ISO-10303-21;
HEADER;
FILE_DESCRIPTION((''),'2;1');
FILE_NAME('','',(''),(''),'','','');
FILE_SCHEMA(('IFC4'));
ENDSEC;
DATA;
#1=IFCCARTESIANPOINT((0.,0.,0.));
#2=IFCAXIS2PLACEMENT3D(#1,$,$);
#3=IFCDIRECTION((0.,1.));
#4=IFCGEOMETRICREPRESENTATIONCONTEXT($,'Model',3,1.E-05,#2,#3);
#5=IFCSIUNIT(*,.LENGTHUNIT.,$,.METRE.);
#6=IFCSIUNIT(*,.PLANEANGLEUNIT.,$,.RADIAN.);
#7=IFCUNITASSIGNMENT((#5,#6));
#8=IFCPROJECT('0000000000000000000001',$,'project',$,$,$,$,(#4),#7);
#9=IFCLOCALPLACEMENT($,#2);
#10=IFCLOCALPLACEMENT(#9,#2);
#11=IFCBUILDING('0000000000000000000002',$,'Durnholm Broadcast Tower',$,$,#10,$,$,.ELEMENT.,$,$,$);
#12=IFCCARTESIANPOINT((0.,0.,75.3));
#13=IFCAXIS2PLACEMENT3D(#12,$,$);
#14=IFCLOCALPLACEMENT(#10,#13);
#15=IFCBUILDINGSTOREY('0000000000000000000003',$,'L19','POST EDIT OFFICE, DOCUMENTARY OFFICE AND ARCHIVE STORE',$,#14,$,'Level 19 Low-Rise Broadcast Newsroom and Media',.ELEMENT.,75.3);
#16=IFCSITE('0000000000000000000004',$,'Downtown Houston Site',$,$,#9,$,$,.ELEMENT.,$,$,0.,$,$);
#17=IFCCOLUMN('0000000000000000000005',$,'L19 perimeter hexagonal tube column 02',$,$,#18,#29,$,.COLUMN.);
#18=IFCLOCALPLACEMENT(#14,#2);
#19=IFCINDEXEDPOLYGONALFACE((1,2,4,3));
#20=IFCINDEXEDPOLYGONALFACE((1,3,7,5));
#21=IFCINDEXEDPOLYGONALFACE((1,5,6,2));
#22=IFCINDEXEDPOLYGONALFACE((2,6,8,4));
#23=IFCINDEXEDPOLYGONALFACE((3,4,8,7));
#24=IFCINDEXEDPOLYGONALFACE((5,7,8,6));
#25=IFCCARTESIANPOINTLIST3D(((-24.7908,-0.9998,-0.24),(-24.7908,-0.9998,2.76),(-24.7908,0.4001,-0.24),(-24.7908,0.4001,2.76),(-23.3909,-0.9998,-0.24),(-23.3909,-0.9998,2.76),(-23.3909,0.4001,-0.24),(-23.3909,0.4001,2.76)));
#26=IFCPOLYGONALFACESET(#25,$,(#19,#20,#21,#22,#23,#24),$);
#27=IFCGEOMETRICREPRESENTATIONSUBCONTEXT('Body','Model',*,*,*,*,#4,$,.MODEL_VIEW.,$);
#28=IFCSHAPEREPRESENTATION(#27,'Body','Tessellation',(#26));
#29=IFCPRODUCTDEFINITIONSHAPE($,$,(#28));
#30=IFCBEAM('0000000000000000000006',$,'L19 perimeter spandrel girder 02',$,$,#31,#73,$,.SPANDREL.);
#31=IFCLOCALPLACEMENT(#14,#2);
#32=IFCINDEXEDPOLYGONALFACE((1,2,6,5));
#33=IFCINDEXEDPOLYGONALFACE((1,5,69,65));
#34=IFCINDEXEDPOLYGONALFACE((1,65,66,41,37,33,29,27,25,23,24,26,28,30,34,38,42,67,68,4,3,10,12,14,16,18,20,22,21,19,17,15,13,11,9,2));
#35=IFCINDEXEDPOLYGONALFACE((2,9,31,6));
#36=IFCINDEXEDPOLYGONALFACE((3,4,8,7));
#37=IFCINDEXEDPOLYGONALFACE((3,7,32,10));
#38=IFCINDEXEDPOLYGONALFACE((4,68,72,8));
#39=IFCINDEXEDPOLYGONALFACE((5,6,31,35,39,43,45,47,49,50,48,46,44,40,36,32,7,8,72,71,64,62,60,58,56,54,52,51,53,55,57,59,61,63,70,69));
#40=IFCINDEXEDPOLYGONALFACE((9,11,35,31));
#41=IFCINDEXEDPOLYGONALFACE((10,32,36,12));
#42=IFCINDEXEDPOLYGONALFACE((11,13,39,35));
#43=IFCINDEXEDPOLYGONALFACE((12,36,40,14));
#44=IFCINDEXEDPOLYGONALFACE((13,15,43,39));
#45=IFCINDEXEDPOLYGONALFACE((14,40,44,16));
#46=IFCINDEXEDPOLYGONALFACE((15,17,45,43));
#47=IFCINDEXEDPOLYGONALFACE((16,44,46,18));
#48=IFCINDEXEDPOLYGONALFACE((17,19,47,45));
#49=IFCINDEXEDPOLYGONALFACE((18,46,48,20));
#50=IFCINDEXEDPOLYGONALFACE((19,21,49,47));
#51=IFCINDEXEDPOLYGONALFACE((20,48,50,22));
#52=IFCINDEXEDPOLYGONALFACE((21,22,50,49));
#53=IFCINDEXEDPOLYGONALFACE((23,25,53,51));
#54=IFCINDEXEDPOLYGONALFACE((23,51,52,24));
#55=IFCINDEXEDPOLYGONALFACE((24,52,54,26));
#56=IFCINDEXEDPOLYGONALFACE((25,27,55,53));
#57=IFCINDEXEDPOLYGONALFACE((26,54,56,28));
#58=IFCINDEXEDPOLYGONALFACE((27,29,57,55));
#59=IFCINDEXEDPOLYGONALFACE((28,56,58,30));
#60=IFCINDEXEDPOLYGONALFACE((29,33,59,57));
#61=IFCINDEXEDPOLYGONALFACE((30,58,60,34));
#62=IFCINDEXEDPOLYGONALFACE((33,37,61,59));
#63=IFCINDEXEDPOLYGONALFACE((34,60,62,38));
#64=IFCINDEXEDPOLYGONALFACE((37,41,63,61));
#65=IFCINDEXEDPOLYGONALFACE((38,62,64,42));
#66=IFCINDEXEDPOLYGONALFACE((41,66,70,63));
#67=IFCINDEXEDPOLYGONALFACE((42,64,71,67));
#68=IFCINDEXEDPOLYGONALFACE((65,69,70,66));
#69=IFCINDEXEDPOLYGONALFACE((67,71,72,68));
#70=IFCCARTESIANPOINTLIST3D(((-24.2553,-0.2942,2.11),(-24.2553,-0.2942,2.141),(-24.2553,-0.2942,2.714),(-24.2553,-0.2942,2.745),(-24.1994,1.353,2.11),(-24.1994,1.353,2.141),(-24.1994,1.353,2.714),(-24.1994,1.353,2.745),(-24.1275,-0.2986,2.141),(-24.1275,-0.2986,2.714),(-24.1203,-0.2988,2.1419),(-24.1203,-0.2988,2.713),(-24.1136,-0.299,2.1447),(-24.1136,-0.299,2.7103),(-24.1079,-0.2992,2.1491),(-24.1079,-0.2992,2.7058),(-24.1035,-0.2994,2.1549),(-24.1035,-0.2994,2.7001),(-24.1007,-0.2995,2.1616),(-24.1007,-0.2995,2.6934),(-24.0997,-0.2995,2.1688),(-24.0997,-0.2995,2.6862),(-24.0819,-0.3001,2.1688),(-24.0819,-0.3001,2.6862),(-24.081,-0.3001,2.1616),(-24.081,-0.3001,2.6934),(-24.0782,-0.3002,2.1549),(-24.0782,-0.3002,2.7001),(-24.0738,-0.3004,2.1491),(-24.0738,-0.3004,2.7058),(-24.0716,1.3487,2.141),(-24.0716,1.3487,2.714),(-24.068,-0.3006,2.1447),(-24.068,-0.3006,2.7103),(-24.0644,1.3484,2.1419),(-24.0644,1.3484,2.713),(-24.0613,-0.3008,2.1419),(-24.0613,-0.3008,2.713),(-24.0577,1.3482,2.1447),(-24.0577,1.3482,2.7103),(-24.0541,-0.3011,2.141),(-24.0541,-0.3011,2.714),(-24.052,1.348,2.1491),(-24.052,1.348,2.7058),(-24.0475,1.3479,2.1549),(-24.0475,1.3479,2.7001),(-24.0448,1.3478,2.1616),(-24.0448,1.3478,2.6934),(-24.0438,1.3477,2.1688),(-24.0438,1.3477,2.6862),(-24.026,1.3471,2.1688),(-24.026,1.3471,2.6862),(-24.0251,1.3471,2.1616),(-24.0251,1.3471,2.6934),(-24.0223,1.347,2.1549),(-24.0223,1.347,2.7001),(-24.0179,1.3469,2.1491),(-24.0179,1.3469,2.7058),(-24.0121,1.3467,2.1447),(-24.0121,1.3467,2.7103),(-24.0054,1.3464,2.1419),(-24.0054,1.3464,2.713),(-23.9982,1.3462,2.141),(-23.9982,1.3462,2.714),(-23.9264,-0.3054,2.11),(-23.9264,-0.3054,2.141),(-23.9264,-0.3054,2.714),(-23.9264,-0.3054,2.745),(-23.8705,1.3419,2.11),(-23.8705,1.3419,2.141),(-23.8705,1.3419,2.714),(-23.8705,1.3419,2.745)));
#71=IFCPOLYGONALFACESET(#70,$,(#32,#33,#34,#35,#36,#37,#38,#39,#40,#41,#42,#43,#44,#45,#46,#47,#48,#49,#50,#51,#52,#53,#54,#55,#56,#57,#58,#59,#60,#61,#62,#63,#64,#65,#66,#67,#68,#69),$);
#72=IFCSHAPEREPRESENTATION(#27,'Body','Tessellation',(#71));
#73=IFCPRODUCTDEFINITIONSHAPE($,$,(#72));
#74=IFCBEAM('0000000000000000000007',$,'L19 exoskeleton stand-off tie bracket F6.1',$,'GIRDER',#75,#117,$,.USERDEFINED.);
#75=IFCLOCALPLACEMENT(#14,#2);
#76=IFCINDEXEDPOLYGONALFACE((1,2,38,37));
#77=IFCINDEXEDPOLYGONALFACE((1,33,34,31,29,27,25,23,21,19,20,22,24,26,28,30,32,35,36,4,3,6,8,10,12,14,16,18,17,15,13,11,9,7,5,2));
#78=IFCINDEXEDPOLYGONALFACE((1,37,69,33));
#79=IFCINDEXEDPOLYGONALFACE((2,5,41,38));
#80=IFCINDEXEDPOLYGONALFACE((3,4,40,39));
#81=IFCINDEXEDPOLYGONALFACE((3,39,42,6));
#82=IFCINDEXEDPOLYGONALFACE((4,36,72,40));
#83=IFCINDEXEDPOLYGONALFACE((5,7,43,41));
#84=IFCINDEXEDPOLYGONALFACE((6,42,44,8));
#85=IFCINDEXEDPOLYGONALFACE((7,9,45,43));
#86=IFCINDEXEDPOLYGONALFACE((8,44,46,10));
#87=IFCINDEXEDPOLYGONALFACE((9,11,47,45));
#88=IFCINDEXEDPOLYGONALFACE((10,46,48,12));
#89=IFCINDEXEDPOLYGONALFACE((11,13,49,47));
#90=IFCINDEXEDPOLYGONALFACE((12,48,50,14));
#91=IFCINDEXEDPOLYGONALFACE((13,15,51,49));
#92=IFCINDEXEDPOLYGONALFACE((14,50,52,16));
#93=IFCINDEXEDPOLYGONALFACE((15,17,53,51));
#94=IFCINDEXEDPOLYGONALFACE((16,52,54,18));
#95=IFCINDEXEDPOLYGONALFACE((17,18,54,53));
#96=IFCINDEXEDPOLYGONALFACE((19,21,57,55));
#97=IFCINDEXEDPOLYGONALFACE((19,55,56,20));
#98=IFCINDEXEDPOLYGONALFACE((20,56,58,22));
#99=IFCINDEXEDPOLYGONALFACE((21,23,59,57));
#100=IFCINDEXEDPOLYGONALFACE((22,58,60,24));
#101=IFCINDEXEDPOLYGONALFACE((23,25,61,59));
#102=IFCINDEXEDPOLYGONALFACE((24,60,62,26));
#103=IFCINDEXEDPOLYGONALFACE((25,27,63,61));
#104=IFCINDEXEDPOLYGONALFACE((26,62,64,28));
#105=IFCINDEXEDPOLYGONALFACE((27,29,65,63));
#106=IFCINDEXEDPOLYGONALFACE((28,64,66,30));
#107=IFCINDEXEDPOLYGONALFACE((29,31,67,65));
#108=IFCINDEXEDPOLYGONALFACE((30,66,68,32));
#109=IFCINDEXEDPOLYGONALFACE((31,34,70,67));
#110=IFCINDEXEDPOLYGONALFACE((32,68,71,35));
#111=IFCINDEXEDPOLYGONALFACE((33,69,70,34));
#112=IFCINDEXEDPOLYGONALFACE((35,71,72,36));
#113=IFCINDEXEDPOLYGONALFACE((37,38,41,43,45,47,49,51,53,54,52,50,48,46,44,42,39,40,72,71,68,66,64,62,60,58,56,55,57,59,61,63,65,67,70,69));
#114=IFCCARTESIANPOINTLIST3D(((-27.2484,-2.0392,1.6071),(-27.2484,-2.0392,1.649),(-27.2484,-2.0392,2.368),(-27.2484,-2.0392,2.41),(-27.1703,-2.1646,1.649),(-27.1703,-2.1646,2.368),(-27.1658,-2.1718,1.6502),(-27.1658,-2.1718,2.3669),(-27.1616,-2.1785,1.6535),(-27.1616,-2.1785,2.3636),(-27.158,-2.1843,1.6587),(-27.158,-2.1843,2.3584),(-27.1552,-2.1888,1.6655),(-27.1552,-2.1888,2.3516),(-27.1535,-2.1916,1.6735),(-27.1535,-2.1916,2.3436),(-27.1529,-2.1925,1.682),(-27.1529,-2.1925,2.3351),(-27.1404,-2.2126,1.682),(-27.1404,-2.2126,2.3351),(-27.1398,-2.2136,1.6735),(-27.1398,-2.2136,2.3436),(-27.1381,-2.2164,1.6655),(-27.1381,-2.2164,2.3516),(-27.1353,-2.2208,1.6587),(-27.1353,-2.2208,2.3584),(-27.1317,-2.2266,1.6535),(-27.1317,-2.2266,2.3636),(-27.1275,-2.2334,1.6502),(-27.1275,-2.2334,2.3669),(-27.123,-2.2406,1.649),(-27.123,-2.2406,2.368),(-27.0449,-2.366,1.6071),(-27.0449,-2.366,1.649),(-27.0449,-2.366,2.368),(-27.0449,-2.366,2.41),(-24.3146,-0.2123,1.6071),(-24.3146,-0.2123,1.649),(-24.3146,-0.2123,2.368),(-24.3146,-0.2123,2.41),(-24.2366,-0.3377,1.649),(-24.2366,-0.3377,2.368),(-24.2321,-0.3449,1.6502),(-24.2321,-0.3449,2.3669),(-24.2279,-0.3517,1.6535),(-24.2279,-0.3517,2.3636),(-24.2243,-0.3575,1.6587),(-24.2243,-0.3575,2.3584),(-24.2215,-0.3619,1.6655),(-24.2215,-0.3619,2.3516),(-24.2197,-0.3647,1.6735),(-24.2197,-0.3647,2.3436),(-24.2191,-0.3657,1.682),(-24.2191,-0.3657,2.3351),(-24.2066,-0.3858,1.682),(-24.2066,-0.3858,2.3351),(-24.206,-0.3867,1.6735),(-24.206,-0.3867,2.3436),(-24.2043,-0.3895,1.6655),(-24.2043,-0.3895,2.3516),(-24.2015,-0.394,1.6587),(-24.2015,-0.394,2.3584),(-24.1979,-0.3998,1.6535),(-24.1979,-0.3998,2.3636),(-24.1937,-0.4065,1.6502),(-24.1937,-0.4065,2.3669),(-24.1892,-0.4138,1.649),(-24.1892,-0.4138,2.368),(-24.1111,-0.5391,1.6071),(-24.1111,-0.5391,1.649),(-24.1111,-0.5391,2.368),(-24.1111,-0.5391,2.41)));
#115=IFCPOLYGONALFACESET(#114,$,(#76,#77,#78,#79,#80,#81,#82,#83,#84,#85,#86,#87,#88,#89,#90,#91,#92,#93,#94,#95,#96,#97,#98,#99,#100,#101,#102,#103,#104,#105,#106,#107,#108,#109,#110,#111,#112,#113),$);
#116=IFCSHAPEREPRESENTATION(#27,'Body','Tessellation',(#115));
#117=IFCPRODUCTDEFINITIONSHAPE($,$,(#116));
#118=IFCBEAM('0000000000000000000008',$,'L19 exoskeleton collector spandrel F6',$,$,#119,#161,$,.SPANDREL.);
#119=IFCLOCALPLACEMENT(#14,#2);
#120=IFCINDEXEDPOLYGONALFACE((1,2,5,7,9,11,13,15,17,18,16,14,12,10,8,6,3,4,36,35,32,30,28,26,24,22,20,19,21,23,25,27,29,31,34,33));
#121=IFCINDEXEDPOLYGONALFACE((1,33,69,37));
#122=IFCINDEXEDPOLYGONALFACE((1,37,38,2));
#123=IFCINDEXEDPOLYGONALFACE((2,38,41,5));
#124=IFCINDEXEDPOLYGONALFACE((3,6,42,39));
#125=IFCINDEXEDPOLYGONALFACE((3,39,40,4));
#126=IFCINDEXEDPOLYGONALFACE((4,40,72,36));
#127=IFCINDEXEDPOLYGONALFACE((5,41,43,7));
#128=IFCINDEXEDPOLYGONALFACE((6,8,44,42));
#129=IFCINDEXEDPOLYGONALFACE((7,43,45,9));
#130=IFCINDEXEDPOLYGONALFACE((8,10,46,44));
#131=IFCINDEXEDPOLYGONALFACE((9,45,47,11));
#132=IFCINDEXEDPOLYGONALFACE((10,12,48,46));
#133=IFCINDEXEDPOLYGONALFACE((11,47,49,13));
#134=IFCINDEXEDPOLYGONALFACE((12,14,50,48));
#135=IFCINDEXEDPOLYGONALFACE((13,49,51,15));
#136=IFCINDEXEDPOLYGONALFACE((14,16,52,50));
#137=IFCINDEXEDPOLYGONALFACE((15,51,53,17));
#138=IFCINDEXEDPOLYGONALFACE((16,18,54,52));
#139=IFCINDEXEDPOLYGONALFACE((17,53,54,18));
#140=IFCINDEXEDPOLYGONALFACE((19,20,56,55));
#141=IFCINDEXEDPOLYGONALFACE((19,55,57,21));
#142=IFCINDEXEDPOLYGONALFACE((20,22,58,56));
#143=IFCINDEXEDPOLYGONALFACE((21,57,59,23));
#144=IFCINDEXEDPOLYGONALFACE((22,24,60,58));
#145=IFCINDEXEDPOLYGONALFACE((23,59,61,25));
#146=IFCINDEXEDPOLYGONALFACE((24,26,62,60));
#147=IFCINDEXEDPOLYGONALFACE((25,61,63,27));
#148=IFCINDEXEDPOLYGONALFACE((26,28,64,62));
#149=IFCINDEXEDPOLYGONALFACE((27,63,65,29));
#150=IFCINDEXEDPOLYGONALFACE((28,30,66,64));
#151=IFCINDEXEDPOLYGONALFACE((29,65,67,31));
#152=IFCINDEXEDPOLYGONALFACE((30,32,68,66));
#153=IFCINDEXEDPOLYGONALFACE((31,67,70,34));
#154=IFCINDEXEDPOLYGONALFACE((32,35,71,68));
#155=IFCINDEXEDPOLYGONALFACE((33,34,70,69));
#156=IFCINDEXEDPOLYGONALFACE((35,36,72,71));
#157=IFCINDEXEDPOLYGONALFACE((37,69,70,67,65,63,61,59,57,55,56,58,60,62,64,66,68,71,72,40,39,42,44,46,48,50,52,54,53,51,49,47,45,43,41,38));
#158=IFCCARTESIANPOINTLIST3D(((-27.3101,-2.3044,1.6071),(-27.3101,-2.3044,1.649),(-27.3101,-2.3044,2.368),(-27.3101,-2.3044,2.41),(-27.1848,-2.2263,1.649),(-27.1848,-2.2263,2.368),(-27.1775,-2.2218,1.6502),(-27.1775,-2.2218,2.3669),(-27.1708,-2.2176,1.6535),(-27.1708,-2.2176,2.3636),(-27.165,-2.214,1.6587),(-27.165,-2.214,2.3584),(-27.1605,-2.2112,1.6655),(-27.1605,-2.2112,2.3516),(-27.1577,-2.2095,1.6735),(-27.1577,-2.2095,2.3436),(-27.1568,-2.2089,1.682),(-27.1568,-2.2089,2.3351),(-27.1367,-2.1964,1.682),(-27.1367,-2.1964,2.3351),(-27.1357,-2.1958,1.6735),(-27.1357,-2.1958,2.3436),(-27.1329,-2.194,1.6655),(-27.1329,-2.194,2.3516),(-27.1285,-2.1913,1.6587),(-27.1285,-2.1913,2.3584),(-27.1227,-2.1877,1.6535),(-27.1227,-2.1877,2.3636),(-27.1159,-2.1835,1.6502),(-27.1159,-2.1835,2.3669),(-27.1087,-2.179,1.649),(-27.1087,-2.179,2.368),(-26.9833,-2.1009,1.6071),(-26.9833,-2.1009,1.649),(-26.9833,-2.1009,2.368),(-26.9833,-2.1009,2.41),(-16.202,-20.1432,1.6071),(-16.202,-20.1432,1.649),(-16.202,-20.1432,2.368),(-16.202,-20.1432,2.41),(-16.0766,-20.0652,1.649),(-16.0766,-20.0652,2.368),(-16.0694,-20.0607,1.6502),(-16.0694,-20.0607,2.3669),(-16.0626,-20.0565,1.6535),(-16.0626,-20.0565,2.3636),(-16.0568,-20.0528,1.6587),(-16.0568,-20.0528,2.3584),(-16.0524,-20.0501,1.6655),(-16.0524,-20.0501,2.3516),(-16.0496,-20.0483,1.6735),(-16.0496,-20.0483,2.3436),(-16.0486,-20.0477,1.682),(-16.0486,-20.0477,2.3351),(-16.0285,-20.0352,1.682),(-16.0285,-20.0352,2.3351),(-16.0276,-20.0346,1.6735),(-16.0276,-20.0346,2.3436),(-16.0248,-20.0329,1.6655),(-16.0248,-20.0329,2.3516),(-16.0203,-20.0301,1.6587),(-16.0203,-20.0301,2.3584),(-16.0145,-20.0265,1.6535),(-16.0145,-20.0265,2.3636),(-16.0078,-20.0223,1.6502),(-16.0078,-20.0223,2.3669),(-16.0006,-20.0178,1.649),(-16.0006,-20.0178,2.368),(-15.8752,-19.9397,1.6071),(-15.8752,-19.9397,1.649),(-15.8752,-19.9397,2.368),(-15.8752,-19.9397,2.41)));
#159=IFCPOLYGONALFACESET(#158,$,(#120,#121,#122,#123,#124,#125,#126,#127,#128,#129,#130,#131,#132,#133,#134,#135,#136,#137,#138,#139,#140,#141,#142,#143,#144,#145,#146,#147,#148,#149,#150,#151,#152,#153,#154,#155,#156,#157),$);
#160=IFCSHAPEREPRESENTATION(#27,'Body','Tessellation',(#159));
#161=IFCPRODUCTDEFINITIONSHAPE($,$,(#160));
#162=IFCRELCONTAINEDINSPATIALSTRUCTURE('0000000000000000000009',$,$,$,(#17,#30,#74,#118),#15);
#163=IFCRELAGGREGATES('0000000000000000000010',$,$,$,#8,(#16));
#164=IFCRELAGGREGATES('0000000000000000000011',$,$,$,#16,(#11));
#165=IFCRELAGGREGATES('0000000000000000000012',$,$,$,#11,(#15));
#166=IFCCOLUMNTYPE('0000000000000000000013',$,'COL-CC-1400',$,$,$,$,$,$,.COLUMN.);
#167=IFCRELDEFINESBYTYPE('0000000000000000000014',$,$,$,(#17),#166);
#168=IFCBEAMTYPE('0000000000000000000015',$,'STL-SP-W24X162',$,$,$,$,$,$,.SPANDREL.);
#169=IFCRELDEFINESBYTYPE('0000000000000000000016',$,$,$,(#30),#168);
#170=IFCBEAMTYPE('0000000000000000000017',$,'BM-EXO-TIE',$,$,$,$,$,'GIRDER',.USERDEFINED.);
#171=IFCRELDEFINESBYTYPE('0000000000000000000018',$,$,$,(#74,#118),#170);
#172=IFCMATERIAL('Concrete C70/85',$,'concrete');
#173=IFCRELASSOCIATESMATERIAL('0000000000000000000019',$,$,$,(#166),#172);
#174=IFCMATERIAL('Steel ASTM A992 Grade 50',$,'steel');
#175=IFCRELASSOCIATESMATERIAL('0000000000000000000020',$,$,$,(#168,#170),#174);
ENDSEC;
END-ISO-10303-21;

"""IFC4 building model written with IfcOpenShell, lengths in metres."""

from ifc_helpers import new_model, si_unit, direction, frame, origin, origin_2d, place, context, subcontext, project, spatial, rectangle, i_section, extrude, source, transform, mapped, material, material_profile, profile_set, type_object, type_shapes, element, save


model = new_model("IFC4")

# Units and contexts
model_context = context("Model", 3, precision=1e-05, world=origin(), true_north=direction((0.0, 1.0)))
body_context = subcontext(model_context, "Body", "Model", "MODEL_VIEW")
ifc_project = project(units=[si_unit("LENGTHUNIT", "METRE"), si_unit("PLANEANGLEUNIT", "RADIAN")], contexts=[model_context])

# Site, building, storey
site_placement = place(None, origin())
site = spatial("IfcSite", under=ifc_project, at=site_placement, Name="Downtown Houston Site", CompositionType="ELEMENT", RefElevation=0.0)
building_placement = place(site_placement, origin())
building = spatial("IfcBuilding", under=site, at=building_placement, Name="Durnholm Broadcast Tower", CompositionType="ELEMENT")
storey_placement = place(building_placement, frame((0.0, 0.0, 75.3)))
storey = spatial("IfcBuildingStorey", under=building, at=storey_placement, Name="L19", Description="POST EDIT OFFICE, DOCUMENTARY OFFICE AND ARCHIVE STORE", LongName="Level 19 Low-Rise Broadcast Newsroom and Media", CompositionType="ELEMENT", Elevation=75.3)

# Column
ifc_material_1 = material(Name="Concrete C70/85", Category="concrete")
ifc_material_profile_1 = material_profile(ifc_material_1, rectangle(XDim=1.3999, YDim=1.3999, at=origin_2d()), Name="RC1400X1400")
ifc_profile_set_1 = profile_set([ifc_material_profile_1], Name="Concrete C70/85")
column_type = type_object("IfcColumnType", Name="COL-CC-1400", PredefinedType="COLUMN", material=ifc_profile_set_1)
shared_shape_1 = source(origin(), body_context, "Body", "SweptSolid", [
    extrude(rectangle(XDim=1.3999, YDim=1.3999, at=origin_2d()), origin(), (0.0, 0.0, 1.0), 3.0),
])
type_shapes(column_type, [shared_shape_1])
column_placement = place(storey_placement, frame((-24.0908, -0.2998, -0.24), z_axis=(0.0, 0.0, 1.0), x_axis=(1.0, 0.0, 0.0)))
element("IfcColumn", 1, at=column_placement, inside=storey, type_object=column_type, Name="L19 perimeter hexagonal tube column 02", PredefinedType="COLUMN", context=body_context, shape_type="MappedRepresentation", body=[
    mapped(shared_shape_1, transform((0.0, 0.0, 0.0), x_axis=(1.0, 0.0, 0.0), y_axis=(0.0, 1.0, 0.0), z_axis=(0.0, 0.0, 1.0), scale=1.0)),
])

# Beams
ifc_material_2 = material(Name="Steel ASTM A992 Grade 50", Category="steel")
ifc_material_profile_2 = material_profile(ifc_material_2, i_section(OverallWidth=0.3291, OverallDepth=0.635, WebThickness=0.0178, FlangeThickness=0.031, FilletRadius=0.0278, at=origin_2d()), Name="W24X162")
ifc_profile_set_2 = profile_set([ifc_material_profile_2], Name="Steel ASTM A992 Grade 50")
beam_type_1 = type_object("IfcBeamType", Name="STL-SP-W24X162", PredefinedType="SPANDREL", material=ifc_profile_set_2)
shared_shape_2 = source(origin(), body_context, "Body", "SweptSolid", [
    extrude(i_section(OverallWidth=0.3291, OverallDepth=0.635, WebThickness=0.0178, FlangeThickness=0.031, FilletRadius=0.0278, at=origin_2d()), origin(), (0.0, 0.0, 1.0), 1.6482),
])
type_shapes(beam_type_1, [shared_shape_2])
beam_1_placement = place(storey_placement, frame((-24.0908, -0.2998, 2.4275), z_axis=(0.033921, 0.999425, 0.0), x_axis=(-0.999425, 0.033921, 0.0)))
element("IfcBeam", 2, at=beam_1_placement, inside=storey, type_object=beam_type_1, Name="L19 perimeter spandrel girder 02", PredefinedType="SPANDREL", context=body_context, shape_type="MappedRepresentation", body=[
    mapped(shared_shape_2, transform((0.0, 0.0, 0.0), x_axis=(1.0, 0.0, 0.0), y_axis=(0.0, 1.0, 0.0), z_axis=(0.0, 0.0, 1.0), scale=1.0)),
])
ifc_material_profile_3 = material_profile(ifc_material_2, i_section(OverallWidth=0.385, OverallDepth=0.803, WebThickness=0.0237, FlangeThickness=0.042, FilletRadius=0.033, at=origin_2d()), Name="W30X261")
ifc_profile_set_3 = profile_set([ifc_material_profile_3], Name="Steel ASTM A992 Grade 50")
beam_type_2 = type_object("IfcBeamType", Name="BM-EXO-TIE", ElementType="GIRDER", PredefinedType="USERDEFINED", material=ifc_profile_set_3)
shared_shape_3 = source(origin(), body_context, "Body", "SweptSolid", [
    extrude(i_section(OverallWidth=0.385, OverallDepth=0.803, WebThickness=0.0237, FlangeThickness=0.042, FilletRadius=0.033, at=origin_2d()), origin(), (0.0, 0.0, 1.0), 3.4561),
])
beam_2_placement = place(storey_placement, frame((-24.2129, -0.3757, 2.0085), z_axis=(-0.848874, -0.528595, 0.0), x_axis=(0.528595, -0.848874, 0.0)))
element("IfcBeam", 3, at=beam_2_placement, inside=storey, type_object=beam_type_2, Name="L19 exoskeleton stand-off tie bracket F6.1", ObjectType="GIRDER", PredefinedType="USERDEFINED", context=body_context, shape_type="MappedRepresentation", body=[
    mapped(shared_shape_3, transform((0.0, 0.0, 0.0), x_axis=(1.0, 0.0, 0.0), y_axis=(0.0, 1.0, 0.0), z_axis=(0.0, 0.0, 1.0), scale=1.0)),
])
shared_shape_4 = source(origin(), body_context, "Body", "SweptSolid", [
    extrude(i_section(OverallWidth=0.385, OverallDepth=0.803, WebThickness=0.0237, FlangeThickness=0.042, FilletRadius=0.033, at=origin_2d()), origin(), (0.0, 0.0, 1.0), 21.0146),
])
type_shapes(beam_type_2, [shared_shape_3, shared_shape_4])
beam_3_placement = place(storey_placement, frame((-27.1467, -2.2026, 2.0085), z_axis=(0.528591, -0.848877, 0.0), x_axis=(0.848877, 0.528591, 0.0)))
element("IfcBeam", 4, at=beam_3_placement, inside=storey, type_object=beam_type_2, Name="L19 exoskeleton collector spandrel F6", PredefinedType="SPANDREL", context=body_context, shape_type="MappedRepresentation", body=[
    mapped(shared_shape_4, transform((0.0, 0.0, 0.0), x_axis=(1.0, 0.0, 0.0), y_axis=(0.0, 1.0, 0.0), z_axis=(0.0, 0.0, 1.0), scale=1.0)),
])

save(model, "model.ifc")
